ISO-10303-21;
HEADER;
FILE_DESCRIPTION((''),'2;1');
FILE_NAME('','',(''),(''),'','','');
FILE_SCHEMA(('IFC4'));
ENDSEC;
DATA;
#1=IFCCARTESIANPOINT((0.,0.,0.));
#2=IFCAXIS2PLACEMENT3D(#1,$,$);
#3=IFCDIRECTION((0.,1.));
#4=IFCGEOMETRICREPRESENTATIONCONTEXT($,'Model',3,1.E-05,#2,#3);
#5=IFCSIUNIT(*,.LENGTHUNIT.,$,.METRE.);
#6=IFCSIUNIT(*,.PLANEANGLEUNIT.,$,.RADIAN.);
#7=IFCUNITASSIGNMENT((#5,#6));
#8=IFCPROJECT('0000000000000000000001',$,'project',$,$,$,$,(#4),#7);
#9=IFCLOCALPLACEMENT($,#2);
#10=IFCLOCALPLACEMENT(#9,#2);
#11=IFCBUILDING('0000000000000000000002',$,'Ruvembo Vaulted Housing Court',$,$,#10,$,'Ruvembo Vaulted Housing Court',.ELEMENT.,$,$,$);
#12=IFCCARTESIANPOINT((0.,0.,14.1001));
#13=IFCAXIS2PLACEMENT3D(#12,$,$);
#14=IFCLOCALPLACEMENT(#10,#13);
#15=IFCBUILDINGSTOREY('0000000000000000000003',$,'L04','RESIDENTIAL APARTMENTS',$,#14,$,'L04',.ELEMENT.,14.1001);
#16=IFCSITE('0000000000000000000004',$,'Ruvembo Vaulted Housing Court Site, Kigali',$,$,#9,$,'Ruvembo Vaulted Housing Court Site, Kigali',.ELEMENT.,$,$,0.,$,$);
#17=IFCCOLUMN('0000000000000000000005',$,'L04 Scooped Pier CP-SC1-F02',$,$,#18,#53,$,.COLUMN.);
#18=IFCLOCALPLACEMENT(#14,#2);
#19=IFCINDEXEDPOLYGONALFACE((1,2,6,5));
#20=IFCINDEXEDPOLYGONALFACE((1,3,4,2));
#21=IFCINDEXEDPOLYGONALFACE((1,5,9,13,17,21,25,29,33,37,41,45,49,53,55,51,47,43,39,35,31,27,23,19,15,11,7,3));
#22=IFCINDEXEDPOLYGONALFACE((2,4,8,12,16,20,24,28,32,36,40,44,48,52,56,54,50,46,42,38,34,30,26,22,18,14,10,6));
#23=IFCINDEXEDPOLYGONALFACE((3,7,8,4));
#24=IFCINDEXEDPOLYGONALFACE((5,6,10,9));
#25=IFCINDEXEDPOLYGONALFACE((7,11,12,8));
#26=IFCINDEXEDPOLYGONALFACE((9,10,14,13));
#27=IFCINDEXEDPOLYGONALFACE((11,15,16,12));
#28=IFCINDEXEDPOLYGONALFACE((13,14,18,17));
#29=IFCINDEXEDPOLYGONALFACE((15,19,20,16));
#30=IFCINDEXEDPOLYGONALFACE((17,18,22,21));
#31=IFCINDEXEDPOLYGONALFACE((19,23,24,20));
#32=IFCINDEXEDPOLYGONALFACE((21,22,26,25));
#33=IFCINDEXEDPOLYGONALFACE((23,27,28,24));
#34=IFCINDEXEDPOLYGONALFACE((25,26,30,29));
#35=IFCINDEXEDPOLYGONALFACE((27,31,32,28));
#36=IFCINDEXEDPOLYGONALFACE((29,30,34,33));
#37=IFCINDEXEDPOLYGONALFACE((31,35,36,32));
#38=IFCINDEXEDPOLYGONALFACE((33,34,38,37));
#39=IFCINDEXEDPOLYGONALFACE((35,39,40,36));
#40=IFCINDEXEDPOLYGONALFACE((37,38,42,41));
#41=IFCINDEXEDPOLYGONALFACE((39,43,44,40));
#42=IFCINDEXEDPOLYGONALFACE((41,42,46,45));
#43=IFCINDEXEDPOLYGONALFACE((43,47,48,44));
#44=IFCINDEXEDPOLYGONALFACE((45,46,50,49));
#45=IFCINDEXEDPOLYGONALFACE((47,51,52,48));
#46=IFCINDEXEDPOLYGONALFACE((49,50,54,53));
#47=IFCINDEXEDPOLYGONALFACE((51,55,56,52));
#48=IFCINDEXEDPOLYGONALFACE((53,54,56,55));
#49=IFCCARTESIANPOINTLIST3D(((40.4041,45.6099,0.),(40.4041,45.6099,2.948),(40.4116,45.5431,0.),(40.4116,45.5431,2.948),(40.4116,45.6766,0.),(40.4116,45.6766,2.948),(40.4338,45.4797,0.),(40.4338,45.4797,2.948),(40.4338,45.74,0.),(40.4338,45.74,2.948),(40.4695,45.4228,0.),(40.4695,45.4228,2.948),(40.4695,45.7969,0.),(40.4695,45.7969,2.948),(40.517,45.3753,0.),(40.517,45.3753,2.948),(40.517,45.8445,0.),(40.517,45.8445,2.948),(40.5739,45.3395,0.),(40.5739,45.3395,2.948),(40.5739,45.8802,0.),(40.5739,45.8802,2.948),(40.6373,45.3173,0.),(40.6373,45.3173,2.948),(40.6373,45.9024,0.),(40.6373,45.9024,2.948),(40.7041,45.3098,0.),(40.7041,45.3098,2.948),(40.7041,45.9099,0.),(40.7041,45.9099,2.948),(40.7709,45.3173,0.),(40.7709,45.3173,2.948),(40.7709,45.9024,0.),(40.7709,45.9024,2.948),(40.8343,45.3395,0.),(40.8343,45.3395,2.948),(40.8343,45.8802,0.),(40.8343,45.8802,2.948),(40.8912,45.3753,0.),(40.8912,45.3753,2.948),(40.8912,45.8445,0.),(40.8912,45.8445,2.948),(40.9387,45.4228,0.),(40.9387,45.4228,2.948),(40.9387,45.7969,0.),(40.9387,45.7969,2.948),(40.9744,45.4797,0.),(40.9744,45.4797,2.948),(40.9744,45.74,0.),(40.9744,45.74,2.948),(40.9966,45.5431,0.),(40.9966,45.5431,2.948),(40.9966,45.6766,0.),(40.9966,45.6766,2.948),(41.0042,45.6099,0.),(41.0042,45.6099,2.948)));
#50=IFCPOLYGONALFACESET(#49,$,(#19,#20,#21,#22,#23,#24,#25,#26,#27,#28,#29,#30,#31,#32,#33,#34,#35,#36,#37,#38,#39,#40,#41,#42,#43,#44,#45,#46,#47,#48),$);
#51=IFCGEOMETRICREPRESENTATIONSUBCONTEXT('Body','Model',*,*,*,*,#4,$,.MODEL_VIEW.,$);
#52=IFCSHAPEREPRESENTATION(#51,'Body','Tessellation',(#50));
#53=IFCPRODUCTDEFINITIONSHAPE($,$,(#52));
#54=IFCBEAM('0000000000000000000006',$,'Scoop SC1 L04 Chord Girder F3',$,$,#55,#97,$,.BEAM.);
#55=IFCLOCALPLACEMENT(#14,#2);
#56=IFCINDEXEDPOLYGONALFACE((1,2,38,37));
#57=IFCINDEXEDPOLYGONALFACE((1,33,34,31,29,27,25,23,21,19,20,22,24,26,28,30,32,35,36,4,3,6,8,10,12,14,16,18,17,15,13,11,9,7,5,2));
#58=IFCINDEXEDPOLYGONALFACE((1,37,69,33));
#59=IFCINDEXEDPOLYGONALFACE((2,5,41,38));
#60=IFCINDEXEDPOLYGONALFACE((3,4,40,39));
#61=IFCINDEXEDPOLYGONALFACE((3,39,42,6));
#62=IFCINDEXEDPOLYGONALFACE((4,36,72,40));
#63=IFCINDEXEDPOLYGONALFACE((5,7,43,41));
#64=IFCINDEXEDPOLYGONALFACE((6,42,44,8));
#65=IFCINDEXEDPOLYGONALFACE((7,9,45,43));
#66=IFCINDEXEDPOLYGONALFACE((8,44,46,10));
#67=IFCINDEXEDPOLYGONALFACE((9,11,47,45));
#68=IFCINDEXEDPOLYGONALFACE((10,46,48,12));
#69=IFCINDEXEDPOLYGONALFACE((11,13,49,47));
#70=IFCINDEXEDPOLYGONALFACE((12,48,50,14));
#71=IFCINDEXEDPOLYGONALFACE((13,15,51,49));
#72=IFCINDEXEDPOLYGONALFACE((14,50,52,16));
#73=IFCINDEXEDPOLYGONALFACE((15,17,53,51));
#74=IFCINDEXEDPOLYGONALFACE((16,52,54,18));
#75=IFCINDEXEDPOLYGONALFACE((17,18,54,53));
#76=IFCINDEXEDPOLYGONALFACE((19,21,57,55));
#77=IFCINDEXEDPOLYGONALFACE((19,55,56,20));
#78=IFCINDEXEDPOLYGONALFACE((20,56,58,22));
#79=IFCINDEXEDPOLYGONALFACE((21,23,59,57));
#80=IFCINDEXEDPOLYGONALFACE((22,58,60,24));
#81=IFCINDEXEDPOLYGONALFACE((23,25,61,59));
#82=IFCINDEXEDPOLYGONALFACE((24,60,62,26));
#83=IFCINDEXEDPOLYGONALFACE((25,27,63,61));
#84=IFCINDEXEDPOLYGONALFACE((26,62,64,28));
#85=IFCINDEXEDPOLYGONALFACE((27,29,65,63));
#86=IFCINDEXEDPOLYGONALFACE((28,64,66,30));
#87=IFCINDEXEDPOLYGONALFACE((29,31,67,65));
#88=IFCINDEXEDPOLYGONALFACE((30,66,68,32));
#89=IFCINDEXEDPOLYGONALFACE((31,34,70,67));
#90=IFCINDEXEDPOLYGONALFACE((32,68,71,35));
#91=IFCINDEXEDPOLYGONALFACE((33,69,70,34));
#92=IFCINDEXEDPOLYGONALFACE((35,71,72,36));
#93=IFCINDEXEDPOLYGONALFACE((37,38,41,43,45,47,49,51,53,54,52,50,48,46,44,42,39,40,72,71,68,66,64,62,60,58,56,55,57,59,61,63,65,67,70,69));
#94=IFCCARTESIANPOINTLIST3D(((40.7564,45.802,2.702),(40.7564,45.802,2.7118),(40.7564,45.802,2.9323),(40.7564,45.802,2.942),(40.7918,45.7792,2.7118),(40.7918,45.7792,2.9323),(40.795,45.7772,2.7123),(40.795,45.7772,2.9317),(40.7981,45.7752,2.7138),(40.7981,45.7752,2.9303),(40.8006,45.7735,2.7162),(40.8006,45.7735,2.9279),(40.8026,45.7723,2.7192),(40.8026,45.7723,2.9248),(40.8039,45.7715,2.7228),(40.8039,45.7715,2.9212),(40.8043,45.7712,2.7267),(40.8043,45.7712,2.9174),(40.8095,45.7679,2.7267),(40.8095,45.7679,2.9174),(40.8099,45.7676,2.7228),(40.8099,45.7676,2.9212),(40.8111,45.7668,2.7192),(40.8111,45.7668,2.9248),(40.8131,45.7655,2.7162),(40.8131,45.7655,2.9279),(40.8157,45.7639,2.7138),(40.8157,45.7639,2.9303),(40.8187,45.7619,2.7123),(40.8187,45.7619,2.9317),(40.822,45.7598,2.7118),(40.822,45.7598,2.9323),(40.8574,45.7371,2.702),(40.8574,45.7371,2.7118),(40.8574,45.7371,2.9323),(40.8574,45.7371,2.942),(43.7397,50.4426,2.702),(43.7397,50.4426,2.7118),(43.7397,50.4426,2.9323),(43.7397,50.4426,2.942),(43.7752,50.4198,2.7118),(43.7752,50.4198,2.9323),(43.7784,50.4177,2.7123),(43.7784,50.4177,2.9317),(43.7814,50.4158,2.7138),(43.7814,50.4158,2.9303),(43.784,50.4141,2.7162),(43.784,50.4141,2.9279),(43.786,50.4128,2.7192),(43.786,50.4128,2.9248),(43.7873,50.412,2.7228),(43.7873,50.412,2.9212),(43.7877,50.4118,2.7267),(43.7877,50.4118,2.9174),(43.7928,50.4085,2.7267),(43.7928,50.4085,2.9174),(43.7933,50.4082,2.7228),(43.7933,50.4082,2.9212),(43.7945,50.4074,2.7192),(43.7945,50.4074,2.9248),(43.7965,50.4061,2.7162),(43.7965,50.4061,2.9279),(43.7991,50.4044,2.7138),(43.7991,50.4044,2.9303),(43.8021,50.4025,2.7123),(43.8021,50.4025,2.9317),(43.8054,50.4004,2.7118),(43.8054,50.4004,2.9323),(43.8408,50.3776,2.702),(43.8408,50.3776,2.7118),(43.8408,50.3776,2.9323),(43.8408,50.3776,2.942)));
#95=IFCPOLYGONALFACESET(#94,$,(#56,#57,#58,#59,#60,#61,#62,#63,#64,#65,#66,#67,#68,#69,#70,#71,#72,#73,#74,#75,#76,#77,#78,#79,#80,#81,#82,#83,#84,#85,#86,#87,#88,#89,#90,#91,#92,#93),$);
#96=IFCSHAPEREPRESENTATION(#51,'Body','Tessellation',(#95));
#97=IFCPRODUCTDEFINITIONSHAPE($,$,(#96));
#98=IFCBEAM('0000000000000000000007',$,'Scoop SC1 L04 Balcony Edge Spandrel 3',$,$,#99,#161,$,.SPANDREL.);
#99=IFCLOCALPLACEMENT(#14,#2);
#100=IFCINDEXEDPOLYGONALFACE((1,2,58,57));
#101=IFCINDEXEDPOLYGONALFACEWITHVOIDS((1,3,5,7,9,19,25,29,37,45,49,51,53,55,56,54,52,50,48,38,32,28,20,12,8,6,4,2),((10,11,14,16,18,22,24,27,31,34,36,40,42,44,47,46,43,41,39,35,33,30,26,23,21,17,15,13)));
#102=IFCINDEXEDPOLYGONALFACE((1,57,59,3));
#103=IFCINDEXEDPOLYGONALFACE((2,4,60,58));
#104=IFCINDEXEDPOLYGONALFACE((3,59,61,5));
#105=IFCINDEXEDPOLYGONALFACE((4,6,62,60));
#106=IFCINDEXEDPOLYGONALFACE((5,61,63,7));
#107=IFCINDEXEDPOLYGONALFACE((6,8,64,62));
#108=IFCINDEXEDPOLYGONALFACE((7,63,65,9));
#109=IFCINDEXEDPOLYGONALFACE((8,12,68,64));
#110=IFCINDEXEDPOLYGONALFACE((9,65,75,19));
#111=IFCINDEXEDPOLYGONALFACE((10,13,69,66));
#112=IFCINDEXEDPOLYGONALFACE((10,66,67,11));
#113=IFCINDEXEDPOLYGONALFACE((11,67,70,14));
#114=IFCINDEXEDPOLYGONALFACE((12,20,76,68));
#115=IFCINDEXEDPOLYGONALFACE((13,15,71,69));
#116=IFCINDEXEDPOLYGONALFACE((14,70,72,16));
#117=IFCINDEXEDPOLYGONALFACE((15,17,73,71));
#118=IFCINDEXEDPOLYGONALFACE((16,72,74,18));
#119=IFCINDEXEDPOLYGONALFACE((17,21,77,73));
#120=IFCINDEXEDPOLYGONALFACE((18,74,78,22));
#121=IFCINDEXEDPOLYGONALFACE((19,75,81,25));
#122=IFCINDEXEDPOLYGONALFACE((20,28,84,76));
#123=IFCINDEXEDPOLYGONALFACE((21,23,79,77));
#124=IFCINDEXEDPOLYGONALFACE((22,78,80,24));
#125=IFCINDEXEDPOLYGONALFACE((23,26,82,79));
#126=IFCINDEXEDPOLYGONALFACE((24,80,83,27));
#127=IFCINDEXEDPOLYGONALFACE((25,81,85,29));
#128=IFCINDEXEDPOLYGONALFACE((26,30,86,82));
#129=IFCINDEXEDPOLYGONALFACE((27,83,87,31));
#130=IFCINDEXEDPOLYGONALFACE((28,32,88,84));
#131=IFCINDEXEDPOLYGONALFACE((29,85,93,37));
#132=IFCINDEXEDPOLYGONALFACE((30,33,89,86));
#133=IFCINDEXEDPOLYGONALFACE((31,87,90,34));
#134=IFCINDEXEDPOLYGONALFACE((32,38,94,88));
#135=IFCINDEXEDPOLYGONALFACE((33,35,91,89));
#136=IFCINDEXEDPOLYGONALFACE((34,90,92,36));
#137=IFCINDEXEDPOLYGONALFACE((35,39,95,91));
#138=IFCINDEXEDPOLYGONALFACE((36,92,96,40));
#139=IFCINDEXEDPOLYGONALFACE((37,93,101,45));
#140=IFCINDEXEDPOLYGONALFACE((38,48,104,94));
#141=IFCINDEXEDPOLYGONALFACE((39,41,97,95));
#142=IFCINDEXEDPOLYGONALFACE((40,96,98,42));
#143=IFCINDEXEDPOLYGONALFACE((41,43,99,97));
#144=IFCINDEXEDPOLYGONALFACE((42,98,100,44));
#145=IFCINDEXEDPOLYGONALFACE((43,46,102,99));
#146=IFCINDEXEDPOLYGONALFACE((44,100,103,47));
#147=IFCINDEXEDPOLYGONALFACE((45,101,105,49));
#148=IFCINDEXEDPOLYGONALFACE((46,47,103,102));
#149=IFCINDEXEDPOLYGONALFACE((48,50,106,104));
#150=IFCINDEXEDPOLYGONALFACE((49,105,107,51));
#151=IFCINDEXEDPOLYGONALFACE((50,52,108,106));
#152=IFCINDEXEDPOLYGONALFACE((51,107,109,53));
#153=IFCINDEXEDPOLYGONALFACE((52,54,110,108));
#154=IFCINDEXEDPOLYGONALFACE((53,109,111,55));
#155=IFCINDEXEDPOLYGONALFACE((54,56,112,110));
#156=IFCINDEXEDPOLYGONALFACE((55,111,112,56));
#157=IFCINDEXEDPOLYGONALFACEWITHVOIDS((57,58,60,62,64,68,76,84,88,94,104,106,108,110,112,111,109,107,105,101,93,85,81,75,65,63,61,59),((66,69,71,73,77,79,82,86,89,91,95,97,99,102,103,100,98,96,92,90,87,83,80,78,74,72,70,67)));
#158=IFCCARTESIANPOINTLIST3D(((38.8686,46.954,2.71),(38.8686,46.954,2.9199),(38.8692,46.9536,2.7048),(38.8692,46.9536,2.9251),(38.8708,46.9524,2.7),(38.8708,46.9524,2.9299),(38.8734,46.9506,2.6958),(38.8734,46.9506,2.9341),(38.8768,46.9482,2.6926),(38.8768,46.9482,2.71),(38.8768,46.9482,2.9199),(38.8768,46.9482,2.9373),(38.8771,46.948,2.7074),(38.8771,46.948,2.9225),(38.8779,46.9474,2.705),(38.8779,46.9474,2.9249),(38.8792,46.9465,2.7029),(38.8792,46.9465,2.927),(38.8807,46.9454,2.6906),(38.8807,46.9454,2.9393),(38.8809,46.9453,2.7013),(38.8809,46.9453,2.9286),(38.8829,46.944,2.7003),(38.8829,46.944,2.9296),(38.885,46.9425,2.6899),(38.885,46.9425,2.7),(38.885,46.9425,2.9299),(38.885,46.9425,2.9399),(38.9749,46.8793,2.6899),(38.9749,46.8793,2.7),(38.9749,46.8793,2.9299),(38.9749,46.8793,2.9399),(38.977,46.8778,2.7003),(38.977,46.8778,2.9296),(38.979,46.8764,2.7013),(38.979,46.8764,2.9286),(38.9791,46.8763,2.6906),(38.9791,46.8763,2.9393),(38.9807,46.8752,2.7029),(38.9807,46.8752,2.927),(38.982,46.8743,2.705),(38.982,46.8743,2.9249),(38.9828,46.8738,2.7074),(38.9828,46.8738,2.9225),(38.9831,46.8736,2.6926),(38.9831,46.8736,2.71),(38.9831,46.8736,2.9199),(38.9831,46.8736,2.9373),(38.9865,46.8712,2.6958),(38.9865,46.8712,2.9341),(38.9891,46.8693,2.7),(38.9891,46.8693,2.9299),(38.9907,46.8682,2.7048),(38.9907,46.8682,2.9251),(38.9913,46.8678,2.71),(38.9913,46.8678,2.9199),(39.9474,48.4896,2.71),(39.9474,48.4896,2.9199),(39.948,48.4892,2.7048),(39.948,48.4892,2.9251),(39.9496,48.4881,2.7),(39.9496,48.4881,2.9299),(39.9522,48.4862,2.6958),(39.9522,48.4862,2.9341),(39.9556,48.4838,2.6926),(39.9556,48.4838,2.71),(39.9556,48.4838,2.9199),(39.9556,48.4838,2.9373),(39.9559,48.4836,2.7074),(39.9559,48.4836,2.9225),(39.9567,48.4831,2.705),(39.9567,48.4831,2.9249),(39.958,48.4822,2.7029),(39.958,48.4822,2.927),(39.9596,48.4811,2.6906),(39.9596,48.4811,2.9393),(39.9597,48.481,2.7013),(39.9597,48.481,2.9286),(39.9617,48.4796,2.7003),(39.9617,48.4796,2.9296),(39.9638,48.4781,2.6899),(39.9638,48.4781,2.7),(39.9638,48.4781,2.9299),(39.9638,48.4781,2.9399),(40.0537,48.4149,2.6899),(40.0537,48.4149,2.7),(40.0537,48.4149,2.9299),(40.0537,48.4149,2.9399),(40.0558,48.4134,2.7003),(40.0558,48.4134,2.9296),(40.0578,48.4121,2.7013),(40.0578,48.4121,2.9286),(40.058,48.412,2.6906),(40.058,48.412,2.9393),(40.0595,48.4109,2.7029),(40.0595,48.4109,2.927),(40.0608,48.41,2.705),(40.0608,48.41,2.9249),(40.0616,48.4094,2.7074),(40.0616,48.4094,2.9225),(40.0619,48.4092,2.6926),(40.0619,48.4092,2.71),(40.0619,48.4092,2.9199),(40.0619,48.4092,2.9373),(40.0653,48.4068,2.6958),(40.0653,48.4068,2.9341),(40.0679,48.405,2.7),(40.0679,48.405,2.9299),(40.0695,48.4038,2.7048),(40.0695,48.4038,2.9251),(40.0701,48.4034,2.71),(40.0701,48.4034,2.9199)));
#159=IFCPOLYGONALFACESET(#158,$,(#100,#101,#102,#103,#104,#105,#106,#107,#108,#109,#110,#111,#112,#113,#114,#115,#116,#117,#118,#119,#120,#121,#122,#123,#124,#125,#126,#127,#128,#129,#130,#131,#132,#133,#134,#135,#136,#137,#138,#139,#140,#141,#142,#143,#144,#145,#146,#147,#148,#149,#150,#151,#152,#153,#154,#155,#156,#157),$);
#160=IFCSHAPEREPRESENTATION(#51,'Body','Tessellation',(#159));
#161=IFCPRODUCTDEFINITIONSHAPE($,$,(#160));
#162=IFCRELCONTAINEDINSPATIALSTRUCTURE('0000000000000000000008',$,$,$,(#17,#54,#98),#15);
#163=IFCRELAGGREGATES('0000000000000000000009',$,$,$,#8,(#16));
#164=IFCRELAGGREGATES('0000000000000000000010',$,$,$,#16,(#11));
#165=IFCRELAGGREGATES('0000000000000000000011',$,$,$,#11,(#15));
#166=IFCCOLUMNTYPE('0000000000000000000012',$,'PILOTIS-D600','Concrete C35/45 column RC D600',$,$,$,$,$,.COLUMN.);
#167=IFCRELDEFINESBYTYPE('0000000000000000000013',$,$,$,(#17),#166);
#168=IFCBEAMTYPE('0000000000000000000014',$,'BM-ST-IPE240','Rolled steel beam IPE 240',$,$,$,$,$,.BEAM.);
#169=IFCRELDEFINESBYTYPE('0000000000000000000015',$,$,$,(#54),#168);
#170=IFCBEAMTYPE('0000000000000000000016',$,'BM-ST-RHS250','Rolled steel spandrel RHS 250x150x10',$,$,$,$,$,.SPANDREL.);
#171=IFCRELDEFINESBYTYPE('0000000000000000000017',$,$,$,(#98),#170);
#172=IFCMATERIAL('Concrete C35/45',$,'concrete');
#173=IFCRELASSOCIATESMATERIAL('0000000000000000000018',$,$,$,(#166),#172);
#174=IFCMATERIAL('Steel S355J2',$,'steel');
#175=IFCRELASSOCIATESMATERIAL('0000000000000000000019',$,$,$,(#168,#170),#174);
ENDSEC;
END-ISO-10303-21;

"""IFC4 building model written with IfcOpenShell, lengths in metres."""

from ifc_helpers import new_model, si_unit, direction, frame, origin, origin_2d, place, context, subcontext, project, spatial, hollow_rectangle, circle, i_section, extrude, material, material_profile, profile_set, type_object, element, save


model = new_model("IFC4")

# Units and contexts
model_context = context("Model", 3, precision=1e-05, world=origin(), true_north=direction((0.0, 1.0)))
body_context = subcontext(model_context, "Body", "Model", "MODEL_VIEW")
ifc_project = project(units=[si_unit("LENGTHUNIT", "METRE"), si_unit("PLANEANGLEUNIT", "RADIAN")], contexts=[model_context])

# Site, building, storey
site_placement = place(None, origin())
site = spatial("IfcSite", under=ifc_project, at=site_placement, Name="Ruvembo Vaulted Housing Court Site, Kigali", LongName="Ruvembo Vaulted Housing Court Site, Kigali", CompositionType="ELEMENT", RefElevation=0.0)
building_placement = place(site_placement, origin())
building = spatial("IfcBuilding", under=site, at=building_placement, Name="Ruvembo Vaulted Housing Court", LongName="Ruvembo Vaulted Housing Court", CompositionType="ELEMENT")
storey_placement = place(building_placement, frame((0.0, 0.0, 14.1001)))
storey = spatial("IfcBuildingStorey", under=building, at=storey_placement, Name="L04", Description="RESIDENTIAL APARTMENTS", LongName="L04", CompositionType="ELEMENT", Elevation=14.1001)

# Column
ifc_material_1 = material(Name="Concrete C35/45", Category="concrete")
ifc_material_profile_1 = material_profile(ifc_material_1, circle(Radius=0.3, at=origin_2d()), Name="RC D600")
ifc_profile_set_1 = profile_set([ifc_material_profile_1], Name="Concrete C35/45")
column_type = type_object("IfcColumnType", Name="PILOTIS-D600", Description="Concrete C35/45 column RC D600", PredefinedType="COLUMN", material=ifc_profile_set_1)
column_placement = place(storey_placement, frame((40.7041, 45.6099, 0.0), z_axis=(0.0, 0.0, 1.0), x_axis=(1.0, 0.0, 0.0)))
element("IfcColumn", 1, at=column_placement, inside=storey, type_object=column_type, Name="L04 Scooped Pier CP-SC1-F02", PredefinedType="COLUMN", context=body_context, shape_type="SweptSolid", body=[
    extrude(circle(Radius=0.3, at=origin_2d()), origin(), (0.0, 0.0, 1.0), 2.948),
])

# Beams
ifc_material_2 = material(Name="Steel S355J2", Category="steel")
ifc_material_profile_2 = material_profile(ifc_material_2, i_section(OverallWidth=0.1201, OverallDepth=0.24, WebThickness=0.0061, FlangeThickness=0.0098, FilletRadius=0.0149, at=origin_2d()), Name="IPE 240")
ifc_profile_set_2 = profile_set([ifc_material_profile_2], Name="Steel S355J2")
beam_type_1 = type_object("IfcBeamType", Name="BM-ST-IPE240", Description="Rolled steel beam IPE 240", PredefinedType="BEAM", material=ifc_profile_set_2)
beam_1_placement = place(storey_placement, frame((40.8069, 45.7695, 2.822), z_axis=(0.540775, 0.841167, 0.0), x_axis=(-0.841167, 0.540775, 0.0)))
element("IfcBeam", 2, at=beam_1_placement, inside=storey, type_object=beam_type_1, Name="Scoop SC1 L04 Chord Girder F3", PredefinedType="BEAM", context=body_context, shape_type="SweptSolid", body=[
    extrude(i_section(OverallWidth=0.1201, OverallDepth=0.24, WebThickness=0.0061, FlangeThickness=0.0098, FilletRadius=0.0149, at=origin_2d()), origin(), (0.0, 0.0, 1.0), 5.5168),
])
ifc_material_profile_3 = material_profile(ifc_material_2, hollow_rectangle(XDim=0.1499, YDim=0.25, WallThickness=0.01, InnerFilletRadius=0.01, OuterFilletRadius=0.02, at=origin_2d()), Name="RHS 250x150x10")
ifc_profile_set_3 = profile_set([ifc_material_profile_3], Name="Steel S355J2")
beam_type_2 = type_object("IfcBeamType", Name="BM-ST-RHS250", Description="Rolled steel spandrel RHS 250x150x10", PredefinedType="SPANDREL", material=ifc_profile_set_3)
beam_2_placement = place(storey_placement, frame((38.9299, 46.9109, 2.8149), z_axis=(0.574858, 0.818253, 0.0), x_axis=(-0.818253, 0.574858, 0.0)))
element("IfcBeam", 3, at=beam_2_placement, inside=storey, type_object=beam_type_2, Name="Scoop SC1 L04 Balcony Edge Spandrel 3", PredefinedType="SPANDREL", context=body_context, shape_type="SweptSolid", body=[
    extrude(hollow_rectangle(XDim=0.1499, YDim=0.25, WallThickness=0.01, InnerFilletRadius=0.01, OuterFilletRadius=0.02, at=origin_2d()), origin(), (0.0, 0.0, 1.0), 1.8767),
])

save(model, "model.ifc")
